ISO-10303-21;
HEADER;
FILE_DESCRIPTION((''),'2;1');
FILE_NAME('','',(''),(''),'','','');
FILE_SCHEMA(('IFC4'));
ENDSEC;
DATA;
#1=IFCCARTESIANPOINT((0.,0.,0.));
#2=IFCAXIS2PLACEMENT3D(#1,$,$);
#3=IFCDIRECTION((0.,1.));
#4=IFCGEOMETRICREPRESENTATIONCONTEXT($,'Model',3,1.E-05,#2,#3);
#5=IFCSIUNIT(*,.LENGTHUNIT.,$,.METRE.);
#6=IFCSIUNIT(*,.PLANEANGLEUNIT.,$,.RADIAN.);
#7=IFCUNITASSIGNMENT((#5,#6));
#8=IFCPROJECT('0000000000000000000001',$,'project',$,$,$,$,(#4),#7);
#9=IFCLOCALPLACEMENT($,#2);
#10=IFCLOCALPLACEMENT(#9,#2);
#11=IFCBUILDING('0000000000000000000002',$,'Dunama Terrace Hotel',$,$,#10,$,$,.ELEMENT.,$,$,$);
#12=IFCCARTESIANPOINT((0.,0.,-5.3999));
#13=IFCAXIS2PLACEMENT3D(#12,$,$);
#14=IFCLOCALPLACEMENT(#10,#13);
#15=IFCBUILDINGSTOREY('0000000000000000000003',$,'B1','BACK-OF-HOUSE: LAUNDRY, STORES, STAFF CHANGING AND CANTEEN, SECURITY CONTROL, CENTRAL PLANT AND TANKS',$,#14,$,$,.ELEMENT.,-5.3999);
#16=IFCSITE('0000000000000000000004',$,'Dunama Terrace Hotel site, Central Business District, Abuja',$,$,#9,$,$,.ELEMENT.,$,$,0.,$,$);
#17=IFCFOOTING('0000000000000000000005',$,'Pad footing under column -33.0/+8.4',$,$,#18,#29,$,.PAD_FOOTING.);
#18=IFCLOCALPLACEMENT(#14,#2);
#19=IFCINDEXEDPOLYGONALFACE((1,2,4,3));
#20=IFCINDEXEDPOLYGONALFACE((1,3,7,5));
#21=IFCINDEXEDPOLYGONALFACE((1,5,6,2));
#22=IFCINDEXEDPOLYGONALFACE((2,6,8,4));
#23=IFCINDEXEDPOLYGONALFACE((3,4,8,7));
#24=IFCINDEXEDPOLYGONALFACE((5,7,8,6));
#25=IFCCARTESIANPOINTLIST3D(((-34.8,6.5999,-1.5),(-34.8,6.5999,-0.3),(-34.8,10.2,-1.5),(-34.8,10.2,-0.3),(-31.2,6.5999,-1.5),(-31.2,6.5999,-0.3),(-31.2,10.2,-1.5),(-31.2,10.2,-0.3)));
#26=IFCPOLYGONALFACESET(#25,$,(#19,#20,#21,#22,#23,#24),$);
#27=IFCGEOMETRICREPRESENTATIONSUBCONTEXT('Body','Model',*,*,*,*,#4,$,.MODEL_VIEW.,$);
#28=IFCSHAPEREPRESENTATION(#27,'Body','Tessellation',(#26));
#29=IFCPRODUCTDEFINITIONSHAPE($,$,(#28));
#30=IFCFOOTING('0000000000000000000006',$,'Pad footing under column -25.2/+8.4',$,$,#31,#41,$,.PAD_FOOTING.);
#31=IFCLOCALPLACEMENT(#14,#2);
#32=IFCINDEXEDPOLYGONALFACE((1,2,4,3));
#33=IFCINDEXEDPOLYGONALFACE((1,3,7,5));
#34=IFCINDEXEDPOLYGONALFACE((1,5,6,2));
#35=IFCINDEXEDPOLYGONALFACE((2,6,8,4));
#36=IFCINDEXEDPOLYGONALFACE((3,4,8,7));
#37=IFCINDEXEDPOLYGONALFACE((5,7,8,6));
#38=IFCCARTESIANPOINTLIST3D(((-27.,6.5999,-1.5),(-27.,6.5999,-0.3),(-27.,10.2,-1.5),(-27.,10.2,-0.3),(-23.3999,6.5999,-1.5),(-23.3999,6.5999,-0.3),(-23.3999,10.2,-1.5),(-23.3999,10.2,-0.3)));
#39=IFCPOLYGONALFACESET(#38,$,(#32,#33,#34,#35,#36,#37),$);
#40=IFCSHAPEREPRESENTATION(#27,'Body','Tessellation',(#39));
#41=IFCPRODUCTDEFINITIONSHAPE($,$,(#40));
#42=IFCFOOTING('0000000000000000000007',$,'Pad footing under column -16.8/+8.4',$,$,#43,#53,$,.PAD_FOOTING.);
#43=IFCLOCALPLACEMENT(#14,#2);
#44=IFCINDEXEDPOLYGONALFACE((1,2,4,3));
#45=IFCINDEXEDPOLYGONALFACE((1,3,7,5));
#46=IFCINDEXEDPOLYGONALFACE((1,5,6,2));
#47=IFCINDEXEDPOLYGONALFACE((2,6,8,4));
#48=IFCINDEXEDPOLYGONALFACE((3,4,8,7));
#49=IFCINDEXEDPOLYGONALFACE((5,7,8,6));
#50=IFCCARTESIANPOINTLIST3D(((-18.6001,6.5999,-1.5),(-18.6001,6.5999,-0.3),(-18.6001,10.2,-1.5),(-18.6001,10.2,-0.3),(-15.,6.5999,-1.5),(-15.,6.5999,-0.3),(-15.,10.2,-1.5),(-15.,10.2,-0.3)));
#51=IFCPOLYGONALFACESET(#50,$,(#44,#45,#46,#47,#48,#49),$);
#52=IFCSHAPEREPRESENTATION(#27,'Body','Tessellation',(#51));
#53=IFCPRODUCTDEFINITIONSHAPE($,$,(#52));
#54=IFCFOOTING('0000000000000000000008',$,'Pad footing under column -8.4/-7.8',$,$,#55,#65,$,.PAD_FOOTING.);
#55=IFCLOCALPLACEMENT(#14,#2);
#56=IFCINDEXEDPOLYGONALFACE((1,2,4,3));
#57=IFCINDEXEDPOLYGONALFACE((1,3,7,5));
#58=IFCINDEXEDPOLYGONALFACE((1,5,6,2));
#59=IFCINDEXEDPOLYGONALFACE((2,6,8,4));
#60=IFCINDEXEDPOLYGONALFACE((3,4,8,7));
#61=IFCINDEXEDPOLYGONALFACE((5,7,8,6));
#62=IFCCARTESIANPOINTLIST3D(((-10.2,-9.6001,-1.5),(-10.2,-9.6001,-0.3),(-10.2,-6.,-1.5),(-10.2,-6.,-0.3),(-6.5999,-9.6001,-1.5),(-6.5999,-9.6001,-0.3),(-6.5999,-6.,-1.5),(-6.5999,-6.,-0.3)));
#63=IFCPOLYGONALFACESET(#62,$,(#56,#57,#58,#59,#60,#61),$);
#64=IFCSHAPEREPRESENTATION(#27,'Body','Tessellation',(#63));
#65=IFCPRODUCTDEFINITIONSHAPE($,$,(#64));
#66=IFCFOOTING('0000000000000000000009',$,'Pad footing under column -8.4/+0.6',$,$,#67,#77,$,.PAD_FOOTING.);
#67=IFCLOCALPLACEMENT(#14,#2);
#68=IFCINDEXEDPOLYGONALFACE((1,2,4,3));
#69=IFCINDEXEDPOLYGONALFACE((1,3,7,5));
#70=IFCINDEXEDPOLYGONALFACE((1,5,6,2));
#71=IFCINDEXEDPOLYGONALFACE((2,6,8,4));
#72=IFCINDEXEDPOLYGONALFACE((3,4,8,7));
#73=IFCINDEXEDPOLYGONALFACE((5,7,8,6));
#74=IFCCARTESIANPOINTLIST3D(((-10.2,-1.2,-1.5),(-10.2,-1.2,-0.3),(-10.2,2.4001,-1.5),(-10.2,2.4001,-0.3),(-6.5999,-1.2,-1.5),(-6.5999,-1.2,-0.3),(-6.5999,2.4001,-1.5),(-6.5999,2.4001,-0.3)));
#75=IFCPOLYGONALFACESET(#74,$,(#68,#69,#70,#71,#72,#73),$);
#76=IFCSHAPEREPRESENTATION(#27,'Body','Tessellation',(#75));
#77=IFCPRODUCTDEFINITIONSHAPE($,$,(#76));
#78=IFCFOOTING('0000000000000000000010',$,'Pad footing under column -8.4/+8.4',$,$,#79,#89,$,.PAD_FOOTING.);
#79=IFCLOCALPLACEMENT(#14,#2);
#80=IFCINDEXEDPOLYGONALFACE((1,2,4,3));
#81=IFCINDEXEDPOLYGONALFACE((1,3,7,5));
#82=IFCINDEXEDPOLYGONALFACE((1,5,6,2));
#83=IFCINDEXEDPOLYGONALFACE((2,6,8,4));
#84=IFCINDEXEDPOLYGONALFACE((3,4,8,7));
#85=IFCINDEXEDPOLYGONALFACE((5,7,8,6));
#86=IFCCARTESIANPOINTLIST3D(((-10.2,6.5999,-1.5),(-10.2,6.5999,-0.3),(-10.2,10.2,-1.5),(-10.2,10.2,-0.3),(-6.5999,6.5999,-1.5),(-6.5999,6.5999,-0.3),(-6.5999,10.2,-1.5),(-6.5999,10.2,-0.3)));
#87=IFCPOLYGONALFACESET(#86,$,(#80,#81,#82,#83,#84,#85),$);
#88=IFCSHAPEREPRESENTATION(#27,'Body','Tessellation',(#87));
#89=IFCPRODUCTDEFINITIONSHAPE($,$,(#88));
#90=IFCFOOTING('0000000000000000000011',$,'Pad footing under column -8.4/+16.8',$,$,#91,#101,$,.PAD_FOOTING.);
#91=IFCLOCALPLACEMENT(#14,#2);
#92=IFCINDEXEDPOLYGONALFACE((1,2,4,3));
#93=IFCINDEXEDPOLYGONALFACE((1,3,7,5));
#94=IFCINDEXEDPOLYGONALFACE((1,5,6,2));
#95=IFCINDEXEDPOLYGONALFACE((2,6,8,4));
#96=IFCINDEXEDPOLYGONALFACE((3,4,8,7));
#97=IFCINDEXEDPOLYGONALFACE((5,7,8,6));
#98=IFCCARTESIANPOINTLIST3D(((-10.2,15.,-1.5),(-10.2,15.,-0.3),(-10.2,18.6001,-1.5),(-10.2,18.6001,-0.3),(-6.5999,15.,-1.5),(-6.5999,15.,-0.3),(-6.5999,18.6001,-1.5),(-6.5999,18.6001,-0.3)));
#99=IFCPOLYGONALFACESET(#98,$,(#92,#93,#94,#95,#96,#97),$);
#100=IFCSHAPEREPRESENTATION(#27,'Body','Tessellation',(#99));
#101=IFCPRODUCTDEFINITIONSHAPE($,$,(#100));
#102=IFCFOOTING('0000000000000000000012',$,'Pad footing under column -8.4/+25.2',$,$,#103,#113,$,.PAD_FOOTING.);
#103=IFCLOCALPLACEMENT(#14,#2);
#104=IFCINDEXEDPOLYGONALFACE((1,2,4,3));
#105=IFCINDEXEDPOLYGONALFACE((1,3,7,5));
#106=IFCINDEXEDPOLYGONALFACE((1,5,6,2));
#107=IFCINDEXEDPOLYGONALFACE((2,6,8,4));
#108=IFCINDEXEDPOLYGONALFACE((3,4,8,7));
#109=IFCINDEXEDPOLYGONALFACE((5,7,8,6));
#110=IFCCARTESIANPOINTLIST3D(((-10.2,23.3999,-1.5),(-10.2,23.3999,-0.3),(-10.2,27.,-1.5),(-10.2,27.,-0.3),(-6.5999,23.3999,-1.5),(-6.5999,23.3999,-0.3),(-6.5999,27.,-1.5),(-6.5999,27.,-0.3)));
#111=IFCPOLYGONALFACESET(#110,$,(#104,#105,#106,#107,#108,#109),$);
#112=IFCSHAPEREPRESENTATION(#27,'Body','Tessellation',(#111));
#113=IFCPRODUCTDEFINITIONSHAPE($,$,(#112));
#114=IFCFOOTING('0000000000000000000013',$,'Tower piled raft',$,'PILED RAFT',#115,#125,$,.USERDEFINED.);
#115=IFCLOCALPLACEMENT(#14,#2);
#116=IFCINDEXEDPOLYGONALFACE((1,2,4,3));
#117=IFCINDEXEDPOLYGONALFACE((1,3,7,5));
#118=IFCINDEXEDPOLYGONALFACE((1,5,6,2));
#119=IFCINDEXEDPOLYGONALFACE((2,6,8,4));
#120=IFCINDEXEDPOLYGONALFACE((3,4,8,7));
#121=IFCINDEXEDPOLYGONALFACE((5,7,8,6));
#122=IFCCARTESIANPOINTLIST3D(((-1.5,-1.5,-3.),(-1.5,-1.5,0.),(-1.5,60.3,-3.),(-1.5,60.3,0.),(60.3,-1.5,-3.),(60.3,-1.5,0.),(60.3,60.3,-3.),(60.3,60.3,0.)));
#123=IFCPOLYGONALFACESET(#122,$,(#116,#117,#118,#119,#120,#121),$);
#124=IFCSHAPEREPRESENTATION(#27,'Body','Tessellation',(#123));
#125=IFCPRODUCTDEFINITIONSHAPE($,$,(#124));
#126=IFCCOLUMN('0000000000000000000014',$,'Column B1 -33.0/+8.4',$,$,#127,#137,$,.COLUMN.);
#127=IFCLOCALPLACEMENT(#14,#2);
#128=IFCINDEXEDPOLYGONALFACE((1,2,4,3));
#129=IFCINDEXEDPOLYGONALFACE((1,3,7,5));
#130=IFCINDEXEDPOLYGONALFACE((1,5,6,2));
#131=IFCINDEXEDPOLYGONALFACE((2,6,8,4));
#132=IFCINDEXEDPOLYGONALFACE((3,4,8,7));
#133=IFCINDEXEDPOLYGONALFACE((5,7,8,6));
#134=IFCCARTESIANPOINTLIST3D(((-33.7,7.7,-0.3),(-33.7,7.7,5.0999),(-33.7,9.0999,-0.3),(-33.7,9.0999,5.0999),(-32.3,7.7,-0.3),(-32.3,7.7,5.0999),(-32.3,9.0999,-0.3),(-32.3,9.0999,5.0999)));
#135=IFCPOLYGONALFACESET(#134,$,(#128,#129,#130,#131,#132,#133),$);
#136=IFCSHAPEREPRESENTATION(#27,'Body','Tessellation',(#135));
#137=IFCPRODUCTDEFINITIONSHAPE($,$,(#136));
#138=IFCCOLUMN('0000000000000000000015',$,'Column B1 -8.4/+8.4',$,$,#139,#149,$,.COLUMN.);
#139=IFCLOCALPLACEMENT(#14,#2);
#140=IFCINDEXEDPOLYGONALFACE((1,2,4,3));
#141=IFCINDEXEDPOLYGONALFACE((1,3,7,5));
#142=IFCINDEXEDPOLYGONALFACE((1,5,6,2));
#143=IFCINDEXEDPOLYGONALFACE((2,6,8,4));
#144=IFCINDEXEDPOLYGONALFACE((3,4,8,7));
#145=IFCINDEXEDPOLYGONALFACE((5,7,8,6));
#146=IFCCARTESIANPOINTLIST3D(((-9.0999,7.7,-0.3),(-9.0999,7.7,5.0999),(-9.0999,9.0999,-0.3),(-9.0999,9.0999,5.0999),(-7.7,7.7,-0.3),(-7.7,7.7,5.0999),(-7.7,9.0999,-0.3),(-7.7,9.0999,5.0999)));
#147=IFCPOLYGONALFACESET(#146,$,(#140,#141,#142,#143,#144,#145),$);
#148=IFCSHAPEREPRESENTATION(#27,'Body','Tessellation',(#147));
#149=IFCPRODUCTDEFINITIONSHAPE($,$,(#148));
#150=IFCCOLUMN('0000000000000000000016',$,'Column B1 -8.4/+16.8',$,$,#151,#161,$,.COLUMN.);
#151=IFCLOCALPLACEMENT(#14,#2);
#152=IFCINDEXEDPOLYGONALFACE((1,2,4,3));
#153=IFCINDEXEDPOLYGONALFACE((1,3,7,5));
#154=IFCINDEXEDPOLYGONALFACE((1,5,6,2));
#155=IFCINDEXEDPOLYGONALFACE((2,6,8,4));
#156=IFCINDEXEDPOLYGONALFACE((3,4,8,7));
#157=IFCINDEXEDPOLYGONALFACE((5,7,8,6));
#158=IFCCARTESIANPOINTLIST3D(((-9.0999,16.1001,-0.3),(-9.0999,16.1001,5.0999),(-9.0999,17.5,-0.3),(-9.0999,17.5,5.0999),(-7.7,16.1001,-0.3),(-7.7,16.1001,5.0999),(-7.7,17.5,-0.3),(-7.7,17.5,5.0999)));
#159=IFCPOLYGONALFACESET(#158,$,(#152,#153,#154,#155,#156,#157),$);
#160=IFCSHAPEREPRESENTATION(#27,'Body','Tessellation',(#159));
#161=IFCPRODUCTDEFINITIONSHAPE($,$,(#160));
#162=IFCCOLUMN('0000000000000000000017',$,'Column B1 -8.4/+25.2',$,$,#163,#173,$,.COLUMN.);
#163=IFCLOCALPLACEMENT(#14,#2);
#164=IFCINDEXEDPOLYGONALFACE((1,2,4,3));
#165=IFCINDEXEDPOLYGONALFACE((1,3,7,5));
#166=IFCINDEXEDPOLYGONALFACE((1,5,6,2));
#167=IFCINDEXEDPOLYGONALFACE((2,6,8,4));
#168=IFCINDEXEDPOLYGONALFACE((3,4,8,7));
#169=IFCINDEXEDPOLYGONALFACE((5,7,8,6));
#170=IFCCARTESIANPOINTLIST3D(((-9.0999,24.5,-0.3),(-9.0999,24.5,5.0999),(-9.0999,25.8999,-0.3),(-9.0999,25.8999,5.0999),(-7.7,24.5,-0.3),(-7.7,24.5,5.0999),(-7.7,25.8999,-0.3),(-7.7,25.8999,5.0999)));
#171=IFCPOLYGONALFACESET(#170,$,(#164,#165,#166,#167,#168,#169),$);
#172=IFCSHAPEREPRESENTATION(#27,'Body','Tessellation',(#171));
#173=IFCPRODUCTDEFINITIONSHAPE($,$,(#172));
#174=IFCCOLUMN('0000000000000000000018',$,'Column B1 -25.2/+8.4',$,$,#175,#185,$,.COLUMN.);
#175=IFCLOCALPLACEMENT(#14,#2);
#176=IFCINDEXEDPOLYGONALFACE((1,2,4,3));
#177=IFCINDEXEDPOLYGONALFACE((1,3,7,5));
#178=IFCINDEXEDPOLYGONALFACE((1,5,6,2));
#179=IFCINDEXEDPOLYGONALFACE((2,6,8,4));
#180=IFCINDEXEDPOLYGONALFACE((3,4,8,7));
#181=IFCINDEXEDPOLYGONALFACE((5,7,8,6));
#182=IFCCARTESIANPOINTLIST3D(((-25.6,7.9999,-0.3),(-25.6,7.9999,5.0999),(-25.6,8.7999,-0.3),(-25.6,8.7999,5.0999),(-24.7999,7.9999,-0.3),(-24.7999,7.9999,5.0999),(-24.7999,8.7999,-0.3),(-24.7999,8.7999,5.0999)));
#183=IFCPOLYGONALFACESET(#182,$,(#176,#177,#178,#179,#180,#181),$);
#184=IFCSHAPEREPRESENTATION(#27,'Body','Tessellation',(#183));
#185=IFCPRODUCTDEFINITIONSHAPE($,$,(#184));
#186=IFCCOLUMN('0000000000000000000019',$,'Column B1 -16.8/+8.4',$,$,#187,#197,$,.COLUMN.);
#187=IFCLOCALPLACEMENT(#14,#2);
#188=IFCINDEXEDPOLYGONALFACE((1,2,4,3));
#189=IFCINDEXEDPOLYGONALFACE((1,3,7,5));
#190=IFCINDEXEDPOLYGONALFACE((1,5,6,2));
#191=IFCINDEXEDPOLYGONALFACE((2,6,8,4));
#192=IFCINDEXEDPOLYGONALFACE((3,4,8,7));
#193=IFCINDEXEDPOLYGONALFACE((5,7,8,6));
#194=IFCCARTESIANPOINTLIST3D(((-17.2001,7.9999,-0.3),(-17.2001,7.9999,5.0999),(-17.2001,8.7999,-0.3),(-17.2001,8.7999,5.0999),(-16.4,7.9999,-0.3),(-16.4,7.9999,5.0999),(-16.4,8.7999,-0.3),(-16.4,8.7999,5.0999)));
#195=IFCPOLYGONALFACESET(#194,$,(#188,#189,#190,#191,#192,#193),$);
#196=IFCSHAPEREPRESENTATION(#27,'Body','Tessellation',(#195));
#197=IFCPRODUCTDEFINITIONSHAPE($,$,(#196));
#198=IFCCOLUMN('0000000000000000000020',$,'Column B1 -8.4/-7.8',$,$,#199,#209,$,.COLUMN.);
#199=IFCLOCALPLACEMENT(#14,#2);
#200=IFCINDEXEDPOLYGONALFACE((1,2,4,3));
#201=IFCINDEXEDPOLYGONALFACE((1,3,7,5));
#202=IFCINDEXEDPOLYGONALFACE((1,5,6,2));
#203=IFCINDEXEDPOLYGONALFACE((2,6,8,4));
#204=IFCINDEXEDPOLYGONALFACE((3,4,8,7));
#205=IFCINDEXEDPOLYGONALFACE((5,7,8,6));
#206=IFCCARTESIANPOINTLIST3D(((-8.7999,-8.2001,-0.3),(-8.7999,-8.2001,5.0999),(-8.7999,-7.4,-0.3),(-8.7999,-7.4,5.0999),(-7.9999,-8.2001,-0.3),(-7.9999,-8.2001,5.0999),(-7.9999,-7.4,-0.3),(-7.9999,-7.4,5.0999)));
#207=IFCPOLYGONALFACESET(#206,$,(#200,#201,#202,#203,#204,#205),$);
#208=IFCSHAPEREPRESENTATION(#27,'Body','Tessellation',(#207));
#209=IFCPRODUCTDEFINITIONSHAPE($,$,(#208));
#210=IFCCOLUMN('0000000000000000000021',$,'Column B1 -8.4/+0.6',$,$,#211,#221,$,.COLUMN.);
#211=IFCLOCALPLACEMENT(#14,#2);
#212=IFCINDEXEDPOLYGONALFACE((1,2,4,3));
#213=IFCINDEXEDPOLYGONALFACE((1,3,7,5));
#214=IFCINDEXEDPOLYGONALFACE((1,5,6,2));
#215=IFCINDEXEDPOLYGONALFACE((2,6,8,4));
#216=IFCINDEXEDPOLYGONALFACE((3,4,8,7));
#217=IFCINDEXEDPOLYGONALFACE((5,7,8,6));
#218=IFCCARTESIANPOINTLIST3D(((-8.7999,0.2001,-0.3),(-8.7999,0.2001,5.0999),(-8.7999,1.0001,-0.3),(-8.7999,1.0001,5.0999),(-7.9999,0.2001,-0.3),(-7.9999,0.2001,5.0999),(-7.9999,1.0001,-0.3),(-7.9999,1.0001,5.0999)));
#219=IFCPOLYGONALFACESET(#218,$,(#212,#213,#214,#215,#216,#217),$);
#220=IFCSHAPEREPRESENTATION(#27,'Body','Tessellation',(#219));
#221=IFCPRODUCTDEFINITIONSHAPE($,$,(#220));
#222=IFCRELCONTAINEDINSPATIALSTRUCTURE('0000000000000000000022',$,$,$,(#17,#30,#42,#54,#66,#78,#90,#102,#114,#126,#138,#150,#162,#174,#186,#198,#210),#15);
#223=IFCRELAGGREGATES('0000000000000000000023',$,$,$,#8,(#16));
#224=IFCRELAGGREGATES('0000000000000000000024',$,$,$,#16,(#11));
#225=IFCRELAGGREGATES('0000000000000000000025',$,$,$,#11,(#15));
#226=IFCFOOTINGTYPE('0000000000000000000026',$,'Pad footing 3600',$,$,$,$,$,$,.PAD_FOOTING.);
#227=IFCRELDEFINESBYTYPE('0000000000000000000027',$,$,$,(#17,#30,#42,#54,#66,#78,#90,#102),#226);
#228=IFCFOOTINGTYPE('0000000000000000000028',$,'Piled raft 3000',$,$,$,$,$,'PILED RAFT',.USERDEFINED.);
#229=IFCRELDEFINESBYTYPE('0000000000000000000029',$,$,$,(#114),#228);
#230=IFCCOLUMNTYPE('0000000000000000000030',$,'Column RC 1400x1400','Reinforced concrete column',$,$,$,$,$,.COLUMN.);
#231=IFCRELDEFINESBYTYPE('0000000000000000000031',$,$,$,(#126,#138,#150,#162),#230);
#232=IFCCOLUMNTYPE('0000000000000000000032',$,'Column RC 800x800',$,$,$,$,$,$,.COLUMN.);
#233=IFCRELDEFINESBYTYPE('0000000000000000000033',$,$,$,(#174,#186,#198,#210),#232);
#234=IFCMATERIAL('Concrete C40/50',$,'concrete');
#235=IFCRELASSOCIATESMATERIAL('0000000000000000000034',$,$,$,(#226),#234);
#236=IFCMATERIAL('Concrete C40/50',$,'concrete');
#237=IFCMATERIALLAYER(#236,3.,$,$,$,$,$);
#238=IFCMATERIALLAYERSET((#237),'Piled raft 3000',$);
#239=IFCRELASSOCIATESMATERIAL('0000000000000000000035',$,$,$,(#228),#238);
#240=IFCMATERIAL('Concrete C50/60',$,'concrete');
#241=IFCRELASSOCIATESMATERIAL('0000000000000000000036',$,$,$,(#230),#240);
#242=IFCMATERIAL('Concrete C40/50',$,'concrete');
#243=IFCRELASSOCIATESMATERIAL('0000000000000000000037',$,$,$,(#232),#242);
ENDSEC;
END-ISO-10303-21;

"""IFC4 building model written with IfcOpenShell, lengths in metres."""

from ifc_helpers import new_model, si_unit, direction, frame, origin, origin_2d, place, context, subcontext, project, spatial, polyline, rectangle, outline, extrude, material, layer, layer_set, material_profile, profile_set, type_object, element, save


model = new_model("IFC4")

# Units and contexts
model_context = context("Model", 3, precision=1e-05, world=origin(), true_north=direction((0.0, 1.0)))
body_context = subcontext(model_context, "Body", "Model", "MODEL_VIEW")
ifc_project = project(units=[si_unit("LENGTHUNIT", "METRE"), si_unit("PLANEANGLEUNIT", "RADIAN")], contexts=[model_context])

# Site, building, storey
site_placement = place(None, origin())
site = spatial("IfcSite", under=ifc_project, at=site_placement, Name="Dunama Terrace Hotel site, Central Business District, Abuja", CompositionType="ELEMENT", RefElevation=0.0)
building_placement = place(site_placement, origin())
building = spatial("IfcBuilding", under=site, at=building_placement, Name="Dunama Terrace Hotel", CompositionType="ELEMENT")
storey_placement = place(building_placement, frame((0.0, 0.0, -5.3999)))
storey = spatial("IfcBuildingStorey", under=building, at=storey_placement, Name="B1", Description="BACK-OF-HOUSE: LAUNDRY, STORES, STAFF CHANGING AND CANTEEN, SECURITY CONTROL, CENTRAL PLANT AND TANKS", CompositionType="ELEMENT", Elevation=-5.3999)

# Footings
ifc_material_1 = material(Name="Concrete C40/50", Category="concrete")
footing_type_1 = type_object("IfcFootingType", Name="Pad footing 3600", PredefinedType="PAD_FOOTING", material=ifc_material_1)
for number, where, z_axis, x_axis, name in (
    (1, (-33.0, 8.3999, -1.5), (0.0, 0.0, 1.0), (1.0, 0.0, 0.0), "Pad footing under column -33.0/+8.4"),
    (2, (-25.2, 8.3999, -1.5), (0.0, 0.0, 1.0), (1.0, 0.0, 0.0), "Pad footing under column -25.2/+8.4"),
    (3, (-16.8, 8.3999, -1.5), (0.0, 0.0, 1.0), (1.0, 0.0, 0.0), "Pad footing under column -16.8/+8.4"),
    (4, (-8.3999, -7.8, -1.5), (0.0, 0.0, 1.0), (1.0, 0.0, 0.0), "Pad footing under column -8.4/-7.8"),
    (5, (-8.3999, 0.6001, -1.5), (0.0, 0.0, 1.0), (1.0, 0.0, 0.0), "Pad footing under column -8.4/+0.6"),
    (6, (-8.3999, 8.3999, -1.5), (0.0, 0.0, 1.0), (1.0, 0.0, 0.0), "Pad footing under column -8.4/+8.4"),
    (7, (-8.3999, 16.8, -1.5), (0.0, 0.0, 1.0), (1.0, 0.0, 0.0), "Pad footing under column -8.4/+16.8"),
    (8, (-8.3999, 25.2, -1.5), (0.0, 0.0, 1.0), (1.0, 0.0, 0.0), "Pad footing under column -8.4/+25.2"),
):
    element("IfcFooting", number, at=place(storey_placement, frame(where, z_axis=z_axis, x_axis=x_axis)), inside=storey, type_object=footing_type_1, Name=name, PredefinedType="PAD_FOOTING", context=body_context, shape_type="SweptSolid", body=[
        extrude(rectangle(XDim=3.6001, YDim=3.6001, at=origin_2d()), origin(), (0.0, 0.0, 1.0), 1.2),
    ])
ifc_material_2 = material(Name="Concrete C40/50", Category="concrete")
ifc_layer_1 = layer(ifc_material_2, 3.0)
ifc_layer_set_1 = layer_set([ifc_layer_1], Name="Piled raft 3000")
footing_type_2 = type_object("IfcFootingType", Name="Piled raft 3000", ElementType="PILED RAFT", PredefinedType="USERDEFINED", material=ifc_layer_set_1)
footing_placement = place(storey_placement, frame((0.0, 0.0, -3.0)))
element("IfcFooting", 9, at=footing_placement, inside=storey, type_object=footing_type_2, Name="Tower piled raft", ObjectType="PILED RAFT", PredefinedType="USERDEFINED", context=body_context, shape_type="SweptSolid", body=[
    extrude(outline(polyline([(-1.5, -1.5), (60.3, -1.5), (60.3, 60.3), (-1.5, 60.3), (-1.5, -1.5)])), origin(), (0.0, 0.0, 1.0), 3.0),
])

# Columns
ifc_material_3 = material(Name="Concrete C50/60", Category="concrete")
ifc_material_profile_1 = material_profile(ifc_material_3, rectangle(XDim=1.3999, YDim=1.3999, at=origin_2d()), Name="RC 1400x1400")
ifc_profile_set_1 = profile_set([ifc_material_profile_1], Name="Concrete C50/60")
column_type_1 = type_object("IfcColumnType", Name="Column RC 1400x1400", Description="Reinforced concrete column", PredefinedType="COLUMN", material=ifc_profile_set_1)
for number, where, z_axis, x_axis, name in (
    (10, (-33.0, 8.3999, -0.3), (0.0, 0.0, 1.0), (1.0, 0.0, 0.0), "Column B1 -33.0/+8.4"),
    (11, (-8.3999, 8.3999, -0.3), (0.0, 0.0, 1.0), (1.0, 0.0, 0.0), "Column B1 -8.4/+8.4"),
    (12, (-8.3999, 16.8, -0.3), (0.0, 0.0, 1.0), (1.0, 0.0, 0.0), "Column B1 -8.4/+16.8"),
    (13, (-8.3999, 25.2, -0.3), (0.0, 0.0, 1.0), (1.0, 0.0, 0.0), "Column B1 -8.4/+25.2"),
):
    element("IfcColumn", number, at=place(storey_placement, frame(where, z_axis=z_axis, x_axis=x_axis)), inside=storey, type_object=column_type_1, Name=name, PredefinedType="COLUMN", context=body_context, shape_type="SweptSolid", body=[
        extrude(rectangle(XDim=1.3999, YDim=1.3999, at=origin_2d()), origin(), (0.0, 0.0, 1.0), 5.3999),
    ])
ifc_material_4 = material(Name="Concrete C40/50", Category="concrete")
ifc_material_profile_2 = material_profile(ifc_material_4, rectangle(XDim=0.8, YDim=0.8, at=origin_2d()), Name="RC 800x800")
ifc_profile_set_2 = profile_set([ifc_material_profile_2], Name="Concrete C40/50")
column_type_2 = type_object("IfcColumnType", Name="Column RC 800x800", PredefinedType="COLUMN", material=ifc_profile_set_2)
for number, where, z_axis, x_axis, name in (
    (14, (-25.2, 8.3999, -0.3), (0.0, 0.0, 1.0), (1.0, 0.0, 0.0), "Column B1 -25.2/+8.4"),
    (15, (-16.8, 8.3999, -0.3), (0.0, 0.0, 1.0), (1.0, 0.0, 0.0), "Column B1 -16.8/+8.4"),
    (16, (-8.3999, -7.8, -0.3), (0.0, 0.0, 1.0), (1.0, 0.0, 0.0), "Column B1 -8.4/-7.8"),
    (17, (-8.3999, 0.6001, -0.3), (0.0, 0.0, 1.0), (1.0, 0.0, 0.0), "Column B1 -8.4/+0.6"),
):
    element("IfcColumn", number, at=place(storey_placement, frame(where, z_axis=z_axis, x_axis=x_axis)), inside=storey, type_object=column_type_2, Name=name, PredefinedType="COLUMN", context=body_context, shape_type="SweptSolid", body=[
        extrude(rectangle(XDim=0.8, YDim=0.8, at=origin_2d()), origin(), (0.0, 0.0, 1.0), 5.3999),
    ])

save(model, "model.ifc")
